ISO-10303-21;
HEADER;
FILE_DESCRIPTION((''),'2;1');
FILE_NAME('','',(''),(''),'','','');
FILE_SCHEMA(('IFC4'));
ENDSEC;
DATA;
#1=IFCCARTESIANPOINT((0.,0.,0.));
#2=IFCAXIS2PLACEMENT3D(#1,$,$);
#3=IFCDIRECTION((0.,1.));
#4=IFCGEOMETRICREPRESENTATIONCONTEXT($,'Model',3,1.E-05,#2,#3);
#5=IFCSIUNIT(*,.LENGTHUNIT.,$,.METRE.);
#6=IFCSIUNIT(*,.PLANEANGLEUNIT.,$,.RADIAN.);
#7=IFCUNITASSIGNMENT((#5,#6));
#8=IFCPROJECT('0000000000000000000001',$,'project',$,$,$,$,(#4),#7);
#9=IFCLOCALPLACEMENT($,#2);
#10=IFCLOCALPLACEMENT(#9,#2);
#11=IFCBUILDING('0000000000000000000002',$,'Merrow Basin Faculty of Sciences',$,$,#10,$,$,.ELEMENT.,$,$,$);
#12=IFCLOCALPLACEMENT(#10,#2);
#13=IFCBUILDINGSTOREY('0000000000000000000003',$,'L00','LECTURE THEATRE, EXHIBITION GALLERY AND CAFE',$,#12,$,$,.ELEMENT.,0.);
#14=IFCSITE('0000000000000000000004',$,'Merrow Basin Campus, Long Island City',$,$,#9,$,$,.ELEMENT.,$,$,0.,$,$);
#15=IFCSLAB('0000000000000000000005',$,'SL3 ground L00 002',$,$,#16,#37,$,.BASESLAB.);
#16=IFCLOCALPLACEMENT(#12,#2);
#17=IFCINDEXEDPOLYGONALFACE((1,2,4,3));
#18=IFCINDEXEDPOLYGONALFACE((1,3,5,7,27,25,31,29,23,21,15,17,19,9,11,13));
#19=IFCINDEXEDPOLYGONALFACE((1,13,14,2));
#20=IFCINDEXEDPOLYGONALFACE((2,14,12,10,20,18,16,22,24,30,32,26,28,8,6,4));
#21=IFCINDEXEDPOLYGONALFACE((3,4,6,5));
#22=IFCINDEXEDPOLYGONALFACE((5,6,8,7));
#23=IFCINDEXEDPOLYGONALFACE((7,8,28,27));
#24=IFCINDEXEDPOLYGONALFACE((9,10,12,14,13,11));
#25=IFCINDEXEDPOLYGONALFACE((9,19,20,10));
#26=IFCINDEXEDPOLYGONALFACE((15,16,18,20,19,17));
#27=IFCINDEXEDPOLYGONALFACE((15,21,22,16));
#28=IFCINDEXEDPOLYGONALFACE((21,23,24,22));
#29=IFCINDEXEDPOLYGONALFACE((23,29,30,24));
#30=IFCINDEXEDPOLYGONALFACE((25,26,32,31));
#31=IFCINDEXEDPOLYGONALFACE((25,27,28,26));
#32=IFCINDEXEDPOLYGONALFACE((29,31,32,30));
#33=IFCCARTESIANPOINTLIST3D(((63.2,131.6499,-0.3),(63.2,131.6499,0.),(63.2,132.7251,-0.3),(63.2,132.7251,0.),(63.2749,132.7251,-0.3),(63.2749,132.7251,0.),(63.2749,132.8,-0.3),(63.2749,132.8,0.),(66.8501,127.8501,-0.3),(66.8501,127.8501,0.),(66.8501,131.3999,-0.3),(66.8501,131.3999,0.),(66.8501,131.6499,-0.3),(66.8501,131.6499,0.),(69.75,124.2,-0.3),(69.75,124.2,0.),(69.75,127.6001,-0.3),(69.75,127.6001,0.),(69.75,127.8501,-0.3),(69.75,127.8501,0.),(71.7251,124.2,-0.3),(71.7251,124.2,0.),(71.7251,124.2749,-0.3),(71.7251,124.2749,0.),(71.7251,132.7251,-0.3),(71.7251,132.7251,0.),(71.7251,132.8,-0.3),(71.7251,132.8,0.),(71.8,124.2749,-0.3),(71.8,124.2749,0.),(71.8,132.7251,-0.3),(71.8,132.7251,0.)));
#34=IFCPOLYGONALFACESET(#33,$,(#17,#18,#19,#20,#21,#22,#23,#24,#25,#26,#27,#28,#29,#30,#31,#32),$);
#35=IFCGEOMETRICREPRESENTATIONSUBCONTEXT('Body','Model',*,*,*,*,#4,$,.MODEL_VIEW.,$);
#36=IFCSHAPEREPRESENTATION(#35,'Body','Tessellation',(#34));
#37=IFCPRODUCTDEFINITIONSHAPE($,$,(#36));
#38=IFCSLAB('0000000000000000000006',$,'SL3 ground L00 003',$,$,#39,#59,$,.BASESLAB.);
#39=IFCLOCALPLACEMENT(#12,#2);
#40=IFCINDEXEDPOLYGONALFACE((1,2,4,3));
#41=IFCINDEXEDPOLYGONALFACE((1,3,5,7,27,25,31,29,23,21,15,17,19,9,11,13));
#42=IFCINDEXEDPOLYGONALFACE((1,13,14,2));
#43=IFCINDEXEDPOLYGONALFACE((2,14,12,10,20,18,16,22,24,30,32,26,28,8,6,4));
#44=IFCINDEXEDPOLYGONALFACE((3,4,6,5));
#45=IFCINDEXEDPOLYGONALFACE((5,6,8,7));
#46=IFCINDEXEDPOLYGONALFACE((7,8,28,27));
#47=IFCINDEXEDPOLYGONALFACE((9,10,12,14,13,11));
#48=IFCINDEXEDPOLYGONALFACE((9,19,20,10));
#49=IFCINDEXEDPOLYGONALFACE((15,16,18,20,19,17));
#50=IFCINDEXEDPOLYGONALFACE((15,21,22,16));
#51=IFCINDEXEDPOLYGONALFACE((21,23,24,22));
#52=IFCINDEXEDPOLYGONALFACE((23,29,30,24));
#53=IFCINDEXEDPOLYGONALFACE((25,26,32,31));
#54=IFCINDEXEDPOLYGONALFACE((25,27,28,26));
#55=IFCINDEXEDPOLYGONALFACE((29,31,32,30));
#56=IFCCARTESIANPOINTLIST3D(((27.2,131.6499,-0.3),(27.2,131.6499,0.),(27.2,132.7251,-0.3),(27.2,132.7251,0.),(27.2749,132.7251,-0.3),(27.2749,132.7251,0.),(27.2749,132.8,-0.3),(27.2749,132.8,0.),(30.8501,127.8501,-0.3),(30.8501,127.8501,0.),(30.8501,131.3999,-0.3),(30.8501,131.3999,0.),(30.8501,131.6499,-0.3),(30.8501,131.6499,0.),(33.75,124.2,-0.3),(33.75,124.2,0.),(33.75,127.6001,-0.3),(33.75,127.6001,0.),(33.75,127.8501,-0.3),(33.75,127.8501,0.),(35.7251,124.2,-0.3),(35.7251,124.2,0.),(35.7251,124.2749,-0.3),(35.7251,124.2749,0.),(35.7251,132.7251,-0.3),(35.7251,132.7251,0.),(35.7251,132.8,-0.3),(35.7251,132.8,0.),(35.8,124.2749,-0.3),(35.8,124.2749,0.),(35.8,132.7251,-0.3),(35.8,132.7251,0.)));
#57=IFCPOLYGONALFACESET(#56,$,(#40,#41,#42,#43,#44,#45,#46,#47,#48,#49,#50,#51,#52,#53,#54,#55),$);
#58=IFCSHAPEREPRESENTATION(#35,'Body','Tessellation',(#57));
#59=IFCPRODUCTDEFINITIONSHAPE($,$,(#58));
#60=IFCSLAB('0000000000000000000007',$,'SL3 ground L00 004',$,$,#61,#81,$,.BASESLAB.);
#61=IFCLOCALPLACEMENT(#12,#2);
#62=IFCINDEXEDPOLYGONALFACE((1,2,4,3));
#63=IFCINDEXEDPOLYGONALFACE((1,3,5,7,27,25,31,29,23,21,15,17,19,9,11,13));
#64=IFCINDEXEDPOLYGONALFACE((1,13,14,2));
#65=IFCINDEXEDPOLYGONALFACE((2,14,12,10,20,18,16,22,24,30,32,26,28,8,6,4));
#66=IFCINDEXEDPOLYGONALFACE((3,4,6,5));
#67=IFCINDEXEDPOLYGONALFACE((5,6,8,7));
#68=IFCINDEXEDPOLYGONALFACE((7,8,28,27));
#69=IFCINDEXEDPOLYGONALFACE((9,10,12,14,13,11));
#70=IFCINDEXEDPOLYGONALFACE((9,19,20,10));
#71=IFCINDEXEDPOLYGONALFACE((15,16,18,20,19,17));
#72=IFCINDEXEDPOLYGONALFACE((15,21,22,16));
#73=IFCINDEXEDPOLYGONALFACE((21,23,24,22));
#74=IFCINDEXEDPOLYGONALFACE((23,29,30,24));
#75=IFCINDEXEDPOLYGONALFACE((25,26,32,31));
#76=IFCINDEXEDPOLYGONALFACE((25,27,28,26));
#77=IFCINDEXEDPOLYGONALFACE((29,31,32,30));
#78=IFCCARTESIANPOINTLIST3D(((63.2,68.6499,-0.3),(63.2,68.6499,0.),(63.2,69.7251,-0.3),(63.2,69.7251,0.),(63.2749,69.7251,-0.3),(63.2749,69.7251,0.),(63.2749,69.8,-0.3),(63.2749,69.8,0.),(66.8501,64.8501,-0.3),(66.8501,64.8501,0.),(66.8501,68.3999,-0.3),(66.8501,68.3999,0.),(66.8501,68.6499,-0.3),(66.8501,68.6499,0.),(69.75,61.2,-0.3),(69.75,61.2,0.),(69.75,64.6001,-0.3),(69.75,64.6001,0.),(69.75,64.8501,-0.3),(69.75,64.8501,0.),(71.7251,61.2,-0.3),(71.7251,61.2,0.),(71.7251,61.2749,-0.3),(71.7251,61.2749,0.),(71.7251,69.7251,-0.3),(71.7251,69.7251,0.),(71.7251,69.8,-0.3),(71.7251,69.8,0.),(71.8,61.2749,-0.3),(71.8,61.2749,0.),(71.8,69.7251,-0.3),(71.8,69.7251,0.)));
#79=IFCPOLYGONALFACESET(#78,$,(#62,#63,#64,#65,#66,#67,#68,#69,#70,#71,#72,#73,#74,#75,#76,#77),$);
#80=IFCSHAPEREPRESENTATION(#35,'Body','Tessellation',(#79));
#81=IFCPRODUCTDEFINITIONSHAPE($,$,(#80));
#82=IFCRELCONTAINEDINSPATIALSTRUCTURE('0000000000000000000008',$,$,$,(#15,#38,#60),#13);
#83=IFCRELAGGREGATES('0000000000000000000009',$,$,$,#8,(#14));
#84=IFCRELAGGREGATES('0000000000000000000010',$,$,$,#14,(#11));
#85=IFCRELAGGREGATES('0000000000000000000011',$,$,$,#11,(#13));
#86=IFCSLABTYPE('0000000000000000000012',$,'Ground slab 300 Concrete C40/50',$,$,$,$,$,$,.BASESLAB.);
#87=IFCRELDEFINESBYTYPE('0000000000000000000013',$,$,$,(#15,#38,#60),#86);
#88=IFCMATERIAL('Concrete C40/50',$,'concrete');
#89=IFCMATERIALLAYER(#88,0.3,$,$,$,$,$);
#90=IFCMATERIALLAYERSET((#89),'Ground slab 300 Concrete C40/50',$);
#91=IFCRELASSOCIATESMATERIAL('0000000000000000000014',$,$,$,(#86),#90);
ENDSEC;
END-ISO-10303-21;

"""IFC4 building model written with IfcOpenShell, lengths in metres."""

from ifc_helpers import new_model, si_unit, direction, frame, origin, place, context, subcontext, project, spatial, polyline, outline, extrude, material, layer, layer_set, type_object, element, save


model = new_model("IFC4")

# Units and contexts
model_context = context("Model", 3, precision=1e-05, world=origin(), true_north=direction((0.0, 1.0)))
body_context = subcontext(model_context, "Body", "Model", "MODEL_VIEW")
ifc_project = project(units=[si_unit("LENGTHUNIT", "METRE"), si_unit("PLANEANGLEUNIT", "RADIAN")], contexts=[model_context])

# Site, building, storey
site_placement = place(None, origin())
site = spatial("IfcSite", under=ifc_project, at=site_placement, Name="Merrow Basin Campus, Long Island City", CompositionType="ELEMENT", RefElevation=0.0)
building_placement = place(site_placement, origin())
building = spatial("IfcBuilding", under=site, at=building_placement, Name="Merrow Basin Faculty of Sciences", CompositionType="ELEMENT")
storey_placement = place(building_placement, origin())
storey = spatial("IfcBuildingStorey", under=building, at=storey_placement, Name="L00", Description="LECTURE THEATRE, EXHIBITION GALLERY AND CAFE", CompositionType="ELEMENT", Elevation=0.0)

# Slabs
ifc_material_1 = material(Name="Concrete C40/50", Category="concrete")
ifc_layer = layer(ifc_material_1, 0.3)
ifc_layer_set = layer_set([ifc_layer], Name="Ground slab 300 Concrete C40/50")
slab_type = type_object("IfcSlabType", Name="Ground slab 300 Concrete C40/50", PredefinedType="BASESLAB", material=ifc_layer_set)
slab_1_placement = place(storey_placement, frame((0.0, 0.0, -0.3)))
element("IfcSlab", 1, at=slab_1_placement, inside=storey, type_object=slab_type, Name="SL3 ground L00 002", PredefinedType="BASESLAB", context=body_context, shape_type="SweptSolid", body=[
    extrude(outline(polyline([(71.8, 124.2749), (71.7251, 124.2749), (71.7251, 124.2), (69.75, 124.2), (69.75, 127.6001), (69.75, 127.8501), (66.8501, 127.8501), (66.8501, 131.3999), (66.8501, 131.6499), (63.2, 131.6499), (63.2, 132.7251), (63.2749, 132.7251), (63.2749, 132.8), (71.7251, 132.8), (71.7251, 132.7251), (71.8, 132.7251), (71.8, 124.2749)])), origin(), (0.0, 0.0, 1.0), 0.3),
])
slab_2_placement = place(storey_placement, frame((0.0, 0.0, -0.3)))
element("IfcSlab", 2, at=slab_2_placement, inside=storey, type_object=slab_type, Name="SL3 ground L00 003", PredefinedType="BASESLAB", context=body_context, shape_type="SweptSolid", body=[
    extrude(outline(polyline([(35.7251, 124.2749), (35.7251, 124.2), (33.75, 124.2), (33.75, 127.6001), (33.75, 127.8501), (30.8501, 127.8501), (30.8501, 131.3999), (30.8501, 131.6499), (27.2, 131.6499), (27.2, 132.7251), (27.2749, 132.7251), (27.2749, 132.8), (35.7251, 132.8), (35.7251, 132.7251), (35.8, 132.7251), (35.8, 124.2749), (35.7251, 124.2749)])), origin(), (0.0, 0.0, 1.0), 0.3),
])
slab_3_placement = place(storey_placement, frame((0.0, 0.0, -0.3)))
element("IfcSlab", 3, at=slab_3_placement, inside=storey, type_object=slab_type, Name="SL3 ground L00 004", PredefinedType="BASESLAB", context=body_context, shape_type="SweptSolid", body=[
    extrude(outline(polyline([(63.2749, 69.8), (71.7251, 69.8), (71.7251, 69.7251), (71.8, 69.7251), (71.8, 61.2749), (71.7251, 61.2749), (71.7251, 61.2), (69.75, 61.2), (69.75, 64.6001), (69.75, 64.8501), (66.8501, 64.8501), (66.8501, 68.3999), (66.8501, 68.6499), (63.2, 68.6499), (63.2, 69.7251), (63.2749, 69.7251), (63.2749, 69.8)])), origin(), (0.0, 0.0, 1.0), 0.3),
])

save(model, "model.ifc")
